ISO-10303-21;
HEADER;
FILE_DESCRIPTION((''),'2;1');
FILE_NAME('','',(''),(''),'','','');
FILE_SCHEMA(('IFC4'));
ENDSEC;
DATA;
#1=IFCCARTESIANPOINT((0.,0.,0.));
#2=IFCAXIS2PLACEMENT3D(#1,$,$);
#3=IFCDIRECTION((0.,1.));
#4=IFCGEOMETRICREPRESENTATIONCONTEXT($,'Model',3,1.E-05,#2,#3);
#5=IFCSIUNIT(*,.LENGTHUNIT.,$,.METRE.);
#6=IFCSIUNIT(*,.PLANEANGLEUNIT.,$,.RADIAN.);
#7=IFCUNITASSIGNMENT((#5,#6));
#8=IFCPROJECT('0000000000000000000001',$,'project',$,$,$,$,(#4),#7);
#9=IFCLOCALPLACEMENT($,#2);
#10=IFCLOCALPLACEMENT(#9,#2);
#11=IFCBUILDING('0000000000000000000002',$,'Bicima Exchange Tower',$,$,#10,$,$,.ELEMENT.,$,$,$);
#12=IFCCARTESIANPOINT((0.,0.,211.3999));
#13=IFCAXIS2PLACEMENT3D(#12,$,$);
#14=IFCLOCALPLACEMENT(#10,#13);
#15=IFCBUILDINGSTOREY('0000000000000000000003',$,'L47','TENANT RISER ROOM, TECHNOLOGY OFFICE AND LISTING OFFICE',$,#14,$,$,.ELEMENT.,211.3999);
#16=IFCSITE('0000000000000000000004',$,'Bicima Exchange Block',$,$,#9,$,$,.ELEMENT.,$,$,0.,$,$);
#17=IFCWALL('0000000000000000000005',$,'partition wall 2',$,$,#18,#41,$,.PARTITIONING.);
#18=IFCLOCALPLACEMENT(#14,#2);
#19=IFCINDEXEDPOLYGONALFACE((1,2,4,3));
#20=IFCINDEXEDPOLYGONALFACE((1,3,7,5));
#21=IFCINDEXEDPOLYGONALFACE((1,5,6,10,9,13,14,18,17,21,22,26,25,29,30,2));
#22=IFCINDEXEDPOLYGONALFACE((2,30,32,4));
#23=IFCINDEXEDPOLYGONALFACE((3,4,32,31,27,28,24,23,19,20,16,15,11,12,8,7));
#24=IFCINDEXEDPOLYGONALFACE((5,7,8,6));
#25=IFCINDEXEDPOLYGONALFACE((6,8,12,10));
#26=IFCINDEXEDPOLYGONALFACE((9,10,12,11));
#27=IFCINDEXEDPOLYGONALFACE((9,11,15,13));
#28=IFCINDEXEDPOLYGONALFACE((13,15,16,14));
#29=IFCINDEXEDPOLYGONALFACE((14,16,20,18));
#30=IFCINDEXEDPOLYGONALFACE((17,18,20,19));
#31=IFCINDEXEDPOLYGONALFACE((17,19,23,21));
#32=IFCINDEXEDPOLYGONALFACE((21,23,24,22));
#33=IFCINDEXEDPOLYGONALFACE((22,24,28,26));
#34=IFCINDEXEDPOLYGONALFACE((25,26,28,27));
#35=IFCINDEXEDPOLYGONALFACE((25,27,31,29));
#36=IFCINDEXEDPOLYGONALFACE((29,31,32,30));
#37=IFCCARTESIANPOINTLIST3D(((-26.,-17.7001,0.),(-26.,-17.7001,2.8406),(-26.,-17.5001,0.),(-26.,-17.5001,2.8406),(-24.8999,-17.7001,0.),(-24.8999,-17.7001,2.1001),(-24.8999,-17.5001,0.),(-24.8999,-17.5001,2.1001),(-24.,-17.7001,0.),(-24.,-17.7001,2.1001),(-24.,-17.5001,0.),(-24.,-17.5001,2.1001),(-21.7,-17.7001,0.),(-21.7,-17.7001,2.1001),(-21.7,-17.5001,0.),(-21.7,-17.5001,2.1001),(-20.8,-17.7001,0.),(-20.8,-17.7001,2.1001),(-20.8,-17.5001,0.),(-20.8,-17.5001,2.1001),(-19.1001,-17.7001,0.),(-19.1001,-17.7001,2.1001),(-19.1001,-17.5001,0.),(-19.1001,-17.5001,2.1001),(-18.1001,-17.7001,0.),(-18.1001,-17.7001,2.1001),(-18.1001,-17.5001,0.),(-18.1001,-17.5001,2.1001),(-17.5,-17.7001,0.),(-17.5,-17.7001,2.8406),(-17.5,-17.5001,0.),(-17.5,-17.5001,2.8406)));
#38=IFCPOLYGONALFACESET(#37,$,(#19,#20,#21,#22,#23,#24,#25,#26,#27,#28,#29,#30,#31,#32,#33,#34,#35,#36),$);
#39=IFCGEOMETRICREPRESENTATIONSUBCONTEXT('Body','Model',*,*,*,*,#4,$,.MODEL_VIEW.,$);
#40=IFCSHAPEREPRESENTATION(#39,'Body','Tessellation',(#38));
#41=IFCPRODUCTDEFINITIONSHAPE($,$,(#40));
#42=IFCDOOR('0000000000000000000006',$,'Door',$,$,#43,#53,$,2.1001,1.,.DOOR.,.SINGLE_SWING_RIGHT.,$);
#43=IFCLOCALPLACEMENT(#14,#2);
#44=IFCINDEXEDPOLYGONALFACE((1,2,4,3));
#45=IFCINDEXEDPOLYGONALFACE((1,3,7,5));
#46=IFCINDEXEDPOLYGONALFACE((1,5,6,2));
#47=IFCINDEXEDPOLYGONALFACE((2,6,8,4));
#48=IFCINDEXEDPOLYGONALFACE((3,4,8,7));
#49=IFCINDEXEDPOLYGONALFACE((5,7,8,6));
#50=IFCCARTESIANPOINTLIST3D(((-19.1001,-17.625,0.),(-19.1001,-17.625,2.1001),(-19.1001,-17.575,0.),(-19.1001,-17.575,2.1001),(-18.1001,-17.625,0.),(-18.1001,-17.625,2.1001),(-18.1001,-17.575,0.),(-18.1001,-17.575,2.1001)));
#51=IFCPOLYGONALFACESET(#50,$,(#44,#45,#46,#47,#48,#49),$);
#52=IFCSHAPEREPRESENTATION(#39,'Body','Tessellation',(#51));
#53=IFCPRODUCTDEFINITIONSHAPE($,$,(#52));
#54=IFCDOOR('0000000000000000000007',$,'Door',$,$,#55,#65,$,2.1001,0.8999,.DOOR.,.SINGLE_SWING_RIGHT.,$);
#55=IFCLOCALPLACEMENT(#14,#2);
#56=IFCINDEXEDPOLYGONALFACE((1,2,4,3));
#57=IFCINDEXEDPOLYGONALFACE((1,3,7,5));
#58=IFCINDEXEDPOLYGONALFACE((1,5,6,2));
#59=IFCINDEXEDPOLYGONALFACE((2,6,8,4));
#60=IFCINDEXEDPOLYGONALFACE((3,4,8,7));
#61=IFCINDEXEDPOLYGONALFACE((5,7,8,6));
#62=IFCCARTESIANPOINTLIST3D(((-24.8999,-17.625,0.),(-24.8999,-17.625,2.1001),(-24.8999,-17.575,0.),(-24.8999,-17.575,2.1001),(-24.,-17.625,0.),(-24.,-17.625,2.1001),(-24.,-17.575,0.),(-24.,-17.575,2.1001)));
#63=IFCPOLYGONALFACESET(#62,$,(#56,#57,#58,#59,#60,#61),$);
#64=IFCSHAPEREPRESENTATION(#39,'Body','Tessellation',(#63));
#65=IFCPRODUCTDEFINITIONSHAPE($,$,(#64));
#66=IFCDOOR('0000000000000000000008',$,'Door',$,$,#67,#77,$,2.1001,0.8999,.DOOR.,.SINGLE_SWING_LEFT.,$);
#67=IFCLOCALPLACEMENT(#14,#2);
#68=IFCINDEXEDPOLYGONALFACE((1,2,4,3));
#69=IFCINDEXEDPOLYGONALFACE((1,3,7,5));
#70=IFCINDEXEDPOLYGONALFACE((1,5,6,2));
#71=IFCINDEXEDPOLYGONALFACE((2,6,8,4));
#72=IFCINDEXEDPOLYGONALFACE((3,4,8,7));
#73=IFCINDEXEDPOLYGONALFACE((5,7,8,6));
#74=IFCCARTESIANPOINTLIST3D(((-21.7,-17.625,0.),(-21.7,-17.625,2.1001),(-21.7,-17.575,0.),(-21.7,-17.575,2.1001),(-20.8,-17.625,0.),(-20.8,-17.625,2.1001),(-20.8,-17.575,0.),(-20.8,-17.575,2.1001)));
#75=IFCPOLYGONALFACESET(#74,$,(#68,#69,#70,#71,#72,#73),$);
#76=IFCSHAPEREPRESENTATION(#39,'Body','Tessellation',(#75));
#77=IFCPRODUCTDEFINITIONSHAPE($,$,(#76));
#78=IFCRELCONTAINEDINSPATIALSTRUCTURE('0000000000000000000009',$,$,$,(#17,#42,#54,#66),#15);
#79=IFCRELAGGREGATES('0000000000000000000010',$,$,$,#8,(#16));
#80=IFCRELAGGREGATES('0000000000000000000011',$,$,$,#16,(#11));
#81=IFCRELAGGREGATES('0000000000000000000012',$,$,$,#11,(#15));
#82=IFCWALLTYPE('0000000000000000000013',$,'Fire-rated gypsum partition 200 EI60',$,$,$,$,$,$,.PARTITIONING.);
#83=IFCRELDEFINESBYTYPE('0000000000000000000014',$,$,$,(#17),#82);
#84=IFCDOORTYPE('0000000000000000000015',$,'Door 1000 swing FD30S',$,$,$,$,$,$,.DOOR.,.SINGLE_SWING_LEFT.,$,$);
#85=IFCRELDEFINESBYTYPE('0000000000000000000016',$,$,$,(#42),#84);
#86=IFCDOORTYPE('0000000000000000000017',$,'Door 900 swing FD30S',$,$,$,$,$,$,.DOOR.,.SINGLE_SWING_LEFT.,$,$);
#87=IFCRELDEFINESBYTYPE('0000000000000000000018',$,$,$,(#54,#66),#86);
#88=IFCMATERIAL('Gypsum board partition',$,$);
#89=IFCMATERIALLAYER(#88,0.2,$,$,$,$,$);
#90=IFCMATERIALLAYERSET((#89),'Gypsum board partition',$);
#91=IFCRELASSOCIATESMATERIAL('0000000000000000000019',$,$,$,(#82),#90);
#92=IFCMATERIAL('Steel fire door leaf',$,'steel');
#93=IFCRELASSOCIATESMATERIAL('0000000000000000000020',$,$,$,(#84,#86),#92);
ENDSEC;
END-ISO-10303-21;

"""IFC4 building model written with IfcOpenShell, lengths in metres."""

from ifc_helpers import new_model, si_unit, direction, frame, frame_2d, origin, place, context, subcontext, project, spatial, rectangle, extrude, material, layer, layer_set, type_object, element, fill, save


model = new_model("IFC4")

# Units and contexts
model_context = context("Model", 3, precision=1e-05, world=origin(), true_north=direction((0.0, 1.0)))
body_context = subcontext(model_context, "Body", "Model", "MODEL_VIEW")
ifc_project = project(units=[si_unit("LENGTHUNIT", "METRE"), si_unit("PLANEANGLEUNIT", "RADIAN")], contexts=[model_context])

# Site, building, storey
site_placement = place(None, origin())
site = spatial("IfcSite", under=ifc_project, at=site_placement, Name="Bicima Exchange Block", CompositionType="ELEMENT", RefElevation=0.0)
building_placement = place(site_placement, origin())
building = spatial("IfcBuilding", under=site, at=building_placement, Name="Bicima Exchange Tower", CompositionType="ELEMENT")
storey_placement = place(building_placement, frame((0.0, 0.0, 211.3999)))
storey = spatial("IfcBuildingStorey", under=building, at=storey_placement, Name="L47", Description="TENANT RISER ROOM, TECHNOLOGY OFFICE AND LISTING OFFICE", CompositionType="ELEMENT", Elevation=211.3999)

# Wall, openings, doors
ifc_material_1 = material(Name="Gypsum board partition")
ifc_layer_1 = layer(ifc_material_1, 0.2)
ifc_layer_set_1 = layer_set([ifc_layer_1], Name="Gypsum board partition")
wall_type = type_object("IfcWallType", Name="Fire-rated gypsum partition 200 EI60", PredefinedType="PARTITIONING", material=ifc_layer_set_1)
wall_1_placement = place(storey_placement, frame((-26.0, -17.6001, 0.0), z_axis=(0.0, 0.0, 1.0), x_axis=(1.0, 0.0, 0.0)))
wall_1 = element("IfcWall", 1, at=wall_1_placement, inside=storey, type_object=wall_type, Name="partition wall 2", PredefinedType="PARTITIONING", context=body_context, shape_type="SweptSolid", body=[
    extrude(rectangle(XDim=8.5, YDim=0.2, at=frame_2d((4.25, 0.0))), origin(), (0.0, 0.0, 1.0), 2.8406),
])
opening_1_placement = place(wall_1_placement, frame((1.1001, 0.0, 0.0)))
opening_1 = element("IfcOpeningElement", 2, at=opening_1_placement, cuts=wall_1, PredefinedType="OPENING", context=body_context, shape_type="SweptSolid", body=[
    extrude(rectangle(XDim=0.8999, YDim=2.1001, at=frame_2d((0.45, 1.05))), frame((0.0, 0.1118, 0.0), z_axis=(0.0, -1.0, 0.0), x_axis=(1.0, 0.0, 0.0)), (0.0, 0.0, 1.0), 0.2239),
])
opening_2_placement = place(wall_1_placement, frame((4.3, 0.0, 0.0)))
opening_2 = element("IfcOpeningElement", 3, at=opening_2_placement, cuts=wall_1, PredefinedType="OPENING", context=body_context, shape_type="SweptSolid", body=[
    extrude(rectangle(XDim=0.8999, YDim=2.1001, at=frame_2d((0.45, 1.05))), frame((0.0, 0.1118, 0.0), z_axis=(0.0, -1.0, 0.0), x_axis=(1.0, 0.0, 0.0)), (0.0, 0.0, 1.0), 0.2239),
])
opening_3_placement = place(wall_1_placement, frame((6.8999, 0.0, 0.0)))
opening_3 = element("IfcOpeningElement", 4, at=opening_3_placement, cuts=wall_1, PredefinedType="OPENING", context=body_context, shape_type="SweptSolid", body=[
    extrude(rectangle(XDim=1.0, YDim=2.1001, at=frame_2d((0.5, 1.05))), frame((0.0, 0.1118, 0.0), z_axis=(0.0, -1.0, 0.0), x_axis=(1.0, 0.0, 0.0)), (0.0, 0.0, 1.0), 0.2239),
])
ifc_material_2 = material(Name="Steel fire door leaf", Category="steel")
door_type_1 = type_object("IfcDoorType", Name="Door 1000 swing FD30S", OperationType="SINGLE_SWING_LEFT", PredefinedType="DOOR", material=ifc_material_2)
door_1_placement = place(opening_3_placement, frame((1.0, 0.0, 0.0), z_axis=(0.0, 0.0, 1.0), x_axis=(-1.0, 0.0, 0.0)))
door_1 = element("IfcDoor", 5, at=door_1_placement, inside=storey, type_object=door_type_1, Name="Door", OperationType="SINGLE_SWING_RIGHT", OverallHeight=2.1001, OverallWidth=1.0, PredefinedType="DOOR", context=body_context, shape_type="SweptSolid", body=[
    extrude(rectangle(XDim=1.0, YDim=2.1001, at=frame_2d((0.5, 1.05))), frame((0.0, 0.0249, 0.0), z_axis=(0.0, -1.0, 0.0), x_axis=(1.0, 0.0, 0.0)), (0.0, 0.0, 1.0), 0.05),
])
fill(opening_3, door_1)
door_type_2 = type_object("IfcDoorType", Name="Door 900 swing FD30S", OperationType="SINGLE_SWING_LEFT", PredefinedType="DOOR", material=ifc_material_2)
door_2_placement = place(opening_1_placement, frame((0.8999, 0.0, 0.0), z_axis=(0.0, 0.0, 1.0), x_axis=(-1.0, 0.0, 0.0)))
door_2 = element("IfcDoor", 6, at=door_2_placement, inside=storey, type_object=door_type_2, Name="Door", OperationType="SINGLE_SWING_RIGHT", OverallHeight=2.1001, OverallWidth=0.8999, PredefinedType="DOOR", context=body_context, shape_type="SweptSolid", body=[
    extrude(rectangle(XDim=0.8999, YDim=2.1001, at=frame_2d((0.45, 1.05))), frame((0.0, 0.0249, 0.0), z_axis=(0.0, -1.0, 0.0), x_axis=(1.0, 0.0, 0.0)), (0.0, 0.0, 1.0), 0.05),
])
fill(opening_1, door_2)
door_3_placement = place(opening_2_placement, frame((0.8999, 0.0, 0.0), z_axis=(0.0, 0.0, 1.0), x_axis=(-1.0, 0.0, 0.0)))
door_3 = element("IfcDoor", 7, at=door_3_placement, inside=storey, type_object=door_type_2, Name="Door", OperationType="SINGLE_SWING_LEFT", OverallHeight=2.1001, OverallWidth=0.8999, PredefinedType="DOOR", context=body_context, shape_type="SweptSolid", body=[
    extrude(rectangle(XDim=0.8999, YDim=2.1001, at=frame_2d((0.45, 1.05))), frame((0.0, 0.0249, 0.0), z_axis=(0.0, -1.0, 0.0), x_axis=(1.0, 0.0, 0.0)), (0.0, 0.0, 1.0), 0.05),
])
fill(opening_2, door_3)

save(model, "model.ifc")
